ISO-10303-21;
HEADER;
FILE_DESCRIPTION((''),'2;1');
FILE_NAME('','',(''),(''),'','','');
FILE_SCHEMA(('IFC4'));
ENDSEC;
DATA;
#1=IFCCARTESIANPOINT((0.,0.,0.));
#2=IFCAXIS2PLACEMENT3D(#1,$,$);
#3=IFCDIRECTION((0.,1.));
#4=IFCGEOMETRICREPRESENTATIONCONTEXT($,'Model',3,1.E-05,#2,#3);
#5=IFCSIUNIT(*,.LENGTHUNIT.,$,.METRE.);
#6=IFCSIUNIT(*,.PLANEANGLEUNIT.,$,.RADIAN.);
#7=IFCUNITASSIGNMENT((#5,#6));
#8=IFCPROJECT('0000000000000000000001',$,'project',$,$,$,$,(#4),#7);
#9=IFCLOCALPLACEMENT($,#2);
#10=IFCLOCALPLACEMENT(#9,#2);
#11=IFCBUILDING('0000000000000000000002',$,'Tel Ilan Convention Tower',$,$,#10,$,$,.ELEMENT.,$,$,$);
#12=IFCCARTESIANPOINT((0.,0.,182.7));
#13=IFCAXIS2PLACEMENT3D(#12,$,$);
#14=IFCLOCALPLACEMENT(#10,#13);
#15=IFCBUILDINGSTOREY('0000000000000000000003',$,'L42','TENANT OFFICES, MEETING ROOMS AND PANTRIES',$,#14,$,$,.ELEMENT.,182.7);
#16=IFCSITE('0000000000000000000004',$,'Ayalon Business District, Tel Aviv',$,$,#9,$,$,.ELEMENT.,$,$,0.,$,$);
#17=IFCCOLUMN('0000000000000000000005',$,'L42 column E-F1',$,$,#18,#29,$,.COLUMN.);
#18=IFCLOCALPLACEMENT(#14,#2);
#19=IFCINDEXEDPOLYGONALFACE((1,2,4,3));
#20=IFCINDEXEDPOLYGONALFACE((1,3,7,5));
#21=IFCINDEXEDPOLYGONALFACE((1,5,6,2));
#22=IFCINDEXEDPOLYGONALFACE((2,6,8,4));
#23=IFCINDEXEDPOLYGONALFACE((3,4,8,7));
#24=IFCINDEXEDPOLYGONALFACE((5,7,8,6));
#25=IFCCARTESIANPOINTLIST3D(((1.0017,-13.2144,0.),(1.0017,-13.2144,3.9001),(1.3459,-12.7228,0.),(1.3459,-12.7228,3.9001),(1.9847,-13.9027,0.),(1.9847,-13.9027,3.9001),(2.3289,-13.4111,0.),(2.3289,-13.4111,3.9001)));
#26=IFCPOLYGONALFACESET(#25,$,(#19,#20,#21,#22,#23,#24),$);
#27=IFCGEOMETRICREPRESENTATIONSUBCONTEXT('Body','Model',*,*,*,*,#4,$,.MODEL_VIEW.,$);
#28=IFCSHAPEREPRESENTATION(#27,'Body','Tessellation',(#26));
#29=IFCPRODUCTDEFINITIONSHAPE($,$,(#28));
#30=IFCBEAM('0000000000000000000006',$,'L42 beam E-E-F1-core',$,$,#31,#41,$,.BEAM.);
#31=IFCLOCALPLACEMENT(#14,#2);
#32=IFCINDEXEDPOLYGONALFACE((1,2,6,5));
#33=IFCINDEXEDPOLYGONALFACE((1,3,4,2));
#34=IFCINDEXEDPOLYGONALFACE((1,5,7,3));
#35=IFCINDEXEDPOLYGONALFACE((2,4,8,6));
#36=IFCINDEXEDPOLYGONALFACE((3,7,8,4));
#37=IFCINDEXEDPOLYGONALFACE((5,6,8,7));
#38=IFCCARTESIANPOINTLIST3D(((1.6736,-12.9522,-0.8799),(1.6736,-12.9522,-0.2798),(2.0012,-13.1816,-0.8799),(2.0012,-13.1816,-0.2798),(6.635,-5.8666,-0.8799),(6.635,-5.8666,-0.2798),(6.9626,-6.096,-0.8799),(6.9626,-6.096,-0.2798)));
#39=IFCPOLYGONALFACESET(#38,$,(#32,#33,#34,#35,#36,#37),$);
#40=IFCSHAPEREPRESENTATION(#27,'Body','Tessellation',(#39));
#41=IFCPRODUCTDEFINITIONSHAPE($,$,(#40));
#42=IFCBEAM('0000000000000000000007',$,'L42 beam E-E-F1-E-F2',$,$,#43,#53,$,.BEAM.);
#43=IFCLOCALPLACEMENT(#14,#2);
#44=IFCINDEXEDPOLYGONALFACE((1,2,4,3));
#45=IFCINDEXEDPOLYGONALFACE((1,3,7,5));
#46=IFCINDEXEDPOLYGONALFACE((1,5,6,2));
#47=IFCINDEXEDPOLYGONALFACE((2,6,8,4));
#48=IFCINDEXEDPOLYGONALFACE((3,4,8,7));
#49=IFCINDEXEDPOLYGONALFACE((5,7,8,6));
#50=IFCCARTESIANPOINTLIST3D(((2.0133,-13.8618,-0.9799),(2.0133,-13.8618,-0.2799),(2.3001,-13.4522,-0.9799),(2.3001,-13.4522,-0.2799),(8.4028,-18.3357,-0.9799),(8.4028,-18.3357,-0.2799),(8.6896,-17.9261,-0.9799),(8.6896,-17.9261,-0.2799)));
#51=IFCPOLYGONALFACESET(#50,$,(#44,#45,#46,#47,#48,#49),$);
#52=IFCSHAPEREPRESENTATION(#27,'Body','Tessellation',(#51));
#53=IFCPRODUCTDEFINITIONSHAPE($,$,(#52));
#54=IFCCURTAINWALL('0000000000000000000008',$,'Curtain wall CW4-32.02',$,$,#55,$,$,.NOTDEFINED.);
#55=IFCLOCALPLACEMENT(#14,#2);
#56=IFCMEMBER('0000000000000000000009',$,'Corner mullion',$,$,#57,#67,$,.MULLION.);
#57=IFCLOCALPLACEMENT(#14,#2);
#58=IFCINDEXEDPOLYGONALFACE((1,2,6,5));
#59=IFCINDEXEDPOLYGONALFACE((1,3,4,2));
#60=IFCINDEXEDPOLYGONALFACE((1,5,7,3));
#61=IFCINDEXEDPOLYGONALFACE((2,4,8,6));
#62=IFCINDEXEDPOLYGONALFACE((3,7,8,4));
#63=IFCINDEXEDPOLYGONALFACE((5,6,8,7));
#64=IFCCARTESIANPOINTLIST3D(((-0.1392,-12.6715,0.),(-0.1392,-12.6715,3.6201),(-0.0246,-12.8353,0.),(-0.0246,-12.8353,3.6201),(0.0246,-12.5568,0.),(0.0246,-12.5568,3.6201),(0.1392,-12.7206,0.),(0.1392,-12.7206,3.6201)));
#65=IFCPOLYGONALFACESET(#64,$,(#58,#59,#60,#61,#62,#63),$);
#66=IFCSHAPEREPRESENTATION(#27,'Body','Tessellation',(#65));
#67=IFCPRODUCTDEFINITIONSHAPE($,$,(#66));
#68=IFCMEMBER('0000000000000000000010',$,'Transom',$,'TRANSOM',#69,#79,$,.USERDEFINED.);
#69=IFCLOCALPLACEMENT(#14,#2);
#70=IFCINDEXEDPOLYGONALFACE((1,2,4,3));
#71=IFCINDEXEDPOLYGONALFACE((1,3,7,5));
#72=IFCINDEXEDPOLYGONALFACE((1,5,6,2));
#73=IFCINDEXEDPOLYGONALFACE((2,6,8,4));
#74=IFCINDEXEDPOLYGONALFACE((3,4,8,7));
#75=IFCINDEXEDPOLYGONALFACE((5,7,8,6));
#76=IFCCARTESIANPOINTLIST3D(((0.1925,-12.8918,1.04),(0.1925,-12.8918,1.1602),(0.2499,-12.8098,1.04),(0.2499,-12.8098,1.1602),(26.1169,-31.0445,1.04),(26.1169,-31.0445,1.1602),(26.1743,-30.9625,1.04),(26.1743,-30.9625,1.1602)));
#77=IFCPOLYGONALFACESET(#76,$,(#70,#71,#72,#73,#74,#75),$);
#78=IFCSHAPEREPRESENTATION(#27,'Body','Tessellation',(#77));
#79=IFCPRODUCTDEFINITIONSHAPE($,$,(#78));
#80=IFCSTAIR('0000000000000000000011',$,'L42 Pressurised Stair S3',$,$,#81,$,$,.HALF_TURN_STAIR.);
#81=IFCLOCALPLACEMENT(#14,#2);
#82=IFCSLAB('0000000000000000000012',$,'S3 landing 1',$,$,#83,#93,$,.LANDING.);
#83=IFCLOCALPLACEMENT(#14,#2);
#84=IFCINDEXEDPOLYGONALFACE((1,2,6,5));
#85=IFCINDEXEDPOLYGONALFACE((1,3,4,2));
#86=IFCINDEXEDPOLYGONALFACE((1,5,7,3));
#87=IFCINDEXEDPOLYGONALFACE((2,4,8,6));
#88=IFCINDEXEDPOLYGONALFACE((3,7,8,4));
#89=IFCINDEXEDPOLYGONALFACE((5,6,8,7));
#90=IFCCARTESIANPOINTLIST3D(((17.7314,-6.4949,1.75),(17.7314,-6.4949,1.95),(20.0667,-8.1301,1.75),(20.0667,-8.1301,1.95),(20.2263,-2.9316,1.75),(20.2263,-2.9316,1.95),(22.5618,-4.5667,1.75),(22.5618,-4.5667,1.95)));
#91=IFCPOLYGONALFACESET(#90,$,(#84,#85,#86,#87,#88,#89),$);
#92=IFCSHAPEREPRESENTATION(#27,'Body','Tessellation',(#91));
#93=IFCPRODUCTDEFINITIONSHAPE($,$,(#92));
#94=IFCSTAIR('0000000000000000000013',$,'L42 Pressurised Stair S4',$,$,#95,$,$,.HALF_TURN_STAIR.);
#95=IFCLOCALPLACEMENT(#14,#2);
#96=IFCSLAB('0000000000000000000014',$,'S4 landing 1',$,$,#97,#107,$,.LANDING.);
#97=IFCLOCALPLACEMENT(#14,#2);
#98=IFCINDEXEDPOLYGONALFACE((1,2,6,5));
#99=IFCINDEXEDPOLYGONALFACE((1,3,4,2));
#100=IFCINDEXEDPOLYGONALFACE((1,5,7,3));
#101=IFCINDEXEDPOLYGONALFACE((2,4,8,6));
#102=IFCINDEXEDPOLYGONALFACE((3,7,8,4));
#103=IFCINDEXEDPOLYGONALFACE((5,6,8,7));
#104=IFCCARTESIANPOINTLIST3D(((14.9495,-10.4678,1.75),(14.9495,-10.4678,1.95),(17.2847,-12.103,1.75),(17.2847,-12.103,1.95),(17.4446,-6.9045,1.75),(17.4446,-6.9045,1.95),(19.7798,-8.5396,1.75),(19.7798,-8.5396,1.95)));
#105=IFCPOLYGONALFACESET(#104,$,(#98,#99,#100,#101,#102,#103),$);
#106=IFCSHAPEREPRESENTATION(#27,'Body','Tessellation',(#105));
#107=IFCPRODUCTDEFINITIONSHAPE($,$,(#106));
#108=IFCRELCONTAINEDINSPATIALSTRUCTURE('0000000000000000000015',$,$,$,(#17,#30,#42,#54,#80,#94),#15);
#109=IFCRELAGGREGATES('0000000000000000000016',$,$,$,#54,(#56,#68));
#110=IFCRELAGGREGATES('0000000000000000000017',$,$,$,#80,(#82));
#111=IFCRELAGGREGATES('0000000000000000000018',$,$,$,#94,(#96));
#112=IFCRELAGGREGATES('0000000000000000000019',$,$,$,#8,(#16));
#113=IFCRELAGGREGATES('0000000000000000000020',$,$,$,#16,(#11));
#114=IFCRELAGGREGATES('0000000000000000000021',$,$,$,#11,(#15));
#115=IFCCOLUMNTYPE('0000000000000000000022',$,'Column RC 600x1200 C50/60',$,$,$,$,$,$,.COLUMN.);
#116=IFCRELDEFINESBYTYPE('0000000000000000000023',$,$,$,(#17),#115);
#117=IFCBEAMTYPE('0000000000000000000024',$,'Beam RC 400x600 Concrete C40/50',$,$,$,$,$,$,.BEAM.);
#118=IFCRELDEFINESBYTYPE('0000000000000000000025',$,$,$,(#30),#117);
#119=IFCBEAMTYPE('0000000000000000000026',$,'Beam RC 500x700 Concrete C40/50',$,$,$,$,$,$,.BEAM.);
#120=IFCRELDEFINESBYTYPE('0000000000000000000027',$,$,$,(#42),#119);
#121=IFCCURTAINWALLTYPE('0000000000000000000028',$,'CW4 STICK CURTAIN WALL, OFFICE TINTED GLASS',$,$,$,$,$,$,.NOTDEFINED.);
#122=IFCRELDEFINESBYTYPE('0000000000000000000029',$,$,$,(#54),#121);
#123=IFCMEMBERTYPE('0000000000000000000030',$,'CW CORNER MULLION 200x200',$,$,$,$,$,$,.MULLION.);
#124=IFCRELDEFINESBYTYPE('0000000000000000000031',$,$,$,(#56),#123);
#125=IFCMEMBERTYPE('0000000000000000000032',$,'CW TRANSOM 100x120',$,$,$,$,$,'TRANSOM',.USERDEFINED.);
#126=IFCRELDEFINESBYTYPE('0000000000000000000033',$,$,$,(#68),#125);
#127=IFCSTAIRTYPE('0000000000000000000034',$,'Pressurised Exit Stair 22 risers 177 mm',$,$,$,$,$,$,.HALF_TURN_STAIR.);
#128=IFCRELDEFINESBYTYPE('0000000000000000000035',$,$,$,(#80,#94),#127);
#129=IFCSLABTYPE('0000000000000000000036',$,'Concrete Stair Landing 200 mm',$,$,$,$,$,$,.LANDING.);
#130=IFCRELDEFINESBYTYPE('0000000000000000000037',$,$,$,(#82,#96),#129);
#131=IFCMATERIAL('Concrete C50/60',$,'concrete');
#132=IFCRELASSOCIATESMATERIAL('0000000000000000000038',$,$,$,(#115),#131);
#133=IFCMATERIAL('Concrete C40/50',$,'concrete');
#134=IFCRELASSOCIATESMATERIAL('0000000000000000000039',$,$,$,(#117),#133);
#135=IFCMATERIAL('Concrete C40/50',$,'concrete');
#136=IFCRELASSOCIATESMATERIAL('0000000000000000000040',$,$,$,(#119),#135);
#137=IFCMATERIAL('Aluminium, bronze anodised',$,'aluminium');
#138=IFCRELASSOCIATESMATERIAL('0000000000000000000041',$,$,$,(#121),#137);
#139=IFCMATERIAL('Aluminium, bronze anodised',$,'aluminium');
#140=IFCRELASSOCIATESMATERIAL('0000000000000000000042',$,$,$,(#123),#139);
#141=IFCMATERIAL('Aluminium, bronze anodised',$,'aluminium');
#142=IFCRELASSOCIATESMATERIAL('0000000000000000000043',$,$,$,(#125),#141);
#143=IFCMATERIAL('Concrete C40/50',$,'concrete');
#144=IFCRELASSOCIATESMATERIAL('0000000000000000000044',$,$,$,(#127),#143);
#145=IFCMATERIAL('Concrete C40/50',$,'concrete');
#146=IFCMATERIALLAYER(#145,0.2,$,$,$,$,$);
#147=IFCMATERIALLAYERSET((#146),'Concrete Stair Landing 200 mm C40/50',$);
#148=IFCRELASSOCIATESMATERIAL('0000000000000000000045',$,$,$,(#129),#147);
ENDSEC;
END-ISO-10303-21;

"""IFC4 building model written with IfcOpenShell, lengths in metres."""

from ifc_helpers import new_model, si_unit, direction, frame, origin, origin_2d, place, context, subcontext, project, spatial, polyline, rectangle, outline, extrude, material, layer, layer_set, material_profile, profile_set, type_object, element, aggregate, save


model = new_model("IFC4")

# Units and contexts
model_context = context("Model", 3, precision=1e-05, world=origin(), true_north=direction((0.0, 1.0)))
body_context = subcontext(model_context, "Body", "Model", "MODEL_VIEW")
ifc_project = project(units=[si_unit("LENGTHUNIT", "METRE"), si_unit("PLANEANGLEUNIT", "RADIAN")], contexts=[model_context])

# Site, building, storey
site_placement = place(None, origin())
site = spatial("IfcSite", under=ifc_project, at=site_placement, Name="Ayalon Business District, Tel Aviv", CompositionType="ELEMENT", RefElevation=0.0)
building_placement = place(site_placement, origin())
building = spatial("IfcBuilding", under=site, at=building_placement, Name="Tel Ilan Convention Tower", CompositionType="ELEMENT")
storey_placement = place(building_placement, frame((0.0, 0.0, 182.7)))
storey = spatial("IfcBuildingStorey", under=building, at=storey_placement, Name="L42", Description="TENANT OFFICES, MEETING ROOMS AND PANTRIES", CompositionType="ELEMENT", Elevation=182.7)

# Column
ifc_material_1 = material(Name="Concrete C50/60", Category="concrete")
ifc_material_profile_1 = material_profile(ifc_material_1, rectangle(XDim=1.2, YDim=0.6001, at=origin_2d()), Name="RC 600x1200")
ifc_profile_set_1 = profile_set([ifc_material_profile_1], Name="Concrete C50/60")
column_type = type_object("IfcColumnType", Name="Column RC 600x1200 C50/60", PredefinedType="COLUMN", material=ifc_profile_set_1)
column_placement = place(storey_placement, frame((1.6653, -13.3127, 0.0), z_axis=(0.0, 0.0, 1.0), x_axis=(0.819152, -0.573576, 0.0)))
element("IfcColumn", 1, at=column_placement, inside=storey, type_object=column_type, Name="L42 column E-F1", PredefinedType="COLUMN", context=body_context, shape_type="SweptSolid", body=[
    extrude(rectangle(XDim=1.2, YDim=0.6001, at=origin_2d()), origin(), (0.0, 0.0, 1.0), 3.9001),
])

# Beams
ifc_material_2 = material(Name="Concrete C40/50", Category="concrete")
ifc_material_profile_2 = material_profile(ifc_material_2, rectangle(XDim=0.3999, YDim=0.6001, at=origin_2d()), Name="RC 400x600")
ifc_profile_set_2 = profile_set([ifc_material_profile_2], Name="Concrete C40/50")
beam_type_1 = type_object("IfcBeamType", Name="Beam RC 400x600 Concrete C40/50", PredefinedType="BEAM", material=ifc_profile_set_2)
beam_1_placement = place(storey_placement, frame((1.8374, -13.0669, -0.5798), z_axis=(0.573574, 0.819154, 0.0), x_axis=(-0.819154, 0.573574, 0.0)))
element("IfcBeam", 2, at=beam_1_placement, inside=storey, type_object=beam_type_1, Name="L42 beam E-E-F1-core", PredefinedType="BEAM", context=body_context, shape_type="SweptSolid", body=[
    extrude(rectangle(XDim=0.3999, YDim=0.6001, at=origin_2d()), origin(), (0.0, 0.0, 1.0), 8.6499),
])
ifc_material_3 = material(Name="Concrete C40/50", Category="concrete")
ifc_material_profile_3 = material_profile(ifc_material_3, rectangle(XDim=0.5, YDim=0.7, at=origin_2d()), Name="RC 500x700")
ifc_profile_set_3 = profile_set([ifc_material_profile_3], Name="Concrete C40/50")
beam_type_2 = type_object("IfcBeamType", Name="Beam RC 500x700 Concrete C40/50", PredefinedType="BEAM", material=ifc_profile_set_3)
beam_2_placement = place(storey_placement, frame((2.1567, -13.657, -0.6299), z_axis=(0.819154, -0.573574, 0.0), x_axis=(0.573574, 0.819154, 0.0)))
element("IfcBeam", 3, at=beam_2_placement, inside=storey, type_object=beam_type_2, Name="L42 beam E-E-F1-E-F2", PredefinedType="BEAM", context=body_context, shape_type="SweptSolid", body=[
    extrude(rectangle(XDim=0.5, YDim=0.7, at=origin_2d()), origin(), (0.0, 0.0, 1.0), 7.8),
])

# Curtain wall, members
ifc_material_4 = material(Name="Aluminium, bronze anodised", Category="aluminium")
curtain_wall_type = type_object("IfcCurtainWallType", Name="CW4 STICK CURTAIN WALL, OFFICE TINTED GLASS", PredefinedType="NOTDEFINED", material=ifc_material_4)
curtain_wall_placement = place(storey_placement, origin())
curtain_wall = element("IfcCurtainWall", 4, at=curtain_wall_placement, inside=storey, type_object=curtain_wall_type, Name="Curtain wall CW4-32.02", PredefinedType="NOTDEFINED")
ifc_material_5 = material(Name="Aluminium, bronze anodised", Category="aluminium")
ifc_material_profile_4 = material_profile(ifc_material_5, rectangle(XDim=0.2, YDim=0.2, at=origin_2d()), Name="CW CORNER MULLION 200x200")
ifc_profile_set_4 = profile_set([ifc_material_profile_4], Name="Aluminium, bronze anodised")
member_type_1 = type_object("IfcMemberType", Name="CW CORNER MULLION 200x200", PredefinedType="MULLION", material=ifc_profile_set_4)
member_1_placement = place(storey_placement, frame((0.0, -12.696, 0.0), z_axis=(0.0, 0.0, 1.0), x_axis=(0.819152, 0.573576, 0.0)))
member_1 = element("IfcMember", 5, at=member_1_placement, type_object=member_type_1, Name="Corner mullion", PredefinedType="MULLION", context=body_context, shape_type="SweptSolid", body=[
    extrude(rectangle(XDim=0.2, YDim=0.2, at=origin_2d()), origin(), (0.0, 0.0, 1.0), 3.6201),
])
ifc_material_6 = material(Name="Aluminium, bronze anodised", Category="aluminium")
ifc_material_profile_5 = material_profile(ifc_material_6, rectangle(XDim=0.1001, YDim=0.1201, at=origin_2d()), Name="CW TRANSOM 100x120")
ifc_profile_set_5 = profile_set([ifc_material_profile_5], Name="Aluminium, bronze anodised")
member_type_2 = type_object("IfcMemberType", Name="CW TRANSOM 100x120", ElementType="TRANSOM", PredefinedType="USERDEFINED", material=ifc_profile_set_5)
member_2_placement = place(storey_placement, frame((0.2212, -12.8508, 1.1001), z_axis=(0.819149, -0.57358, 0.0), x_axis=(0.57358, 0.819149, 0.0)))
member_2 = element("IfcMember", 6, at=member_2_placement, type_object=member_type_2, Name="Transom", ObjectType="TRANSOM", PredefinedType="USERDEFINED", context=body_context, shape_type="SweptSolid", body=[
    extrude(rectangle(XDim=0.1001, YDim=0.1201, at=origin_2d()), origin(), (0.0, 0.0, 1.0), 31.6479),
])
aggregate(curtain_wall, [member_1, member_2])

# Stairs, slabs
ifc_material_7 = material(Name="Concrete C40/50", Category="concrete")
stair_type = type_object("IfcStairType", Name="Pressurised Exit Stair 22 risers 177 mm", PredefinedType="HALF_TURN_STAIR", material=ifc_material_7)
stair_1_placement = place(storey_placement, origin())
stair_1 = element("IfcStair", 7, at=stair_1_placement, inside=storey, type_object=stair_type, Name="L42 Pressurised Stair S3", PredefinedType="HALF_TURN_STAIR")
ifc_material_8 = material(Name="Concrete C40/50", Category="concrete")
ifc_layer_1 = layer(ifc_material_8, 0.2)
ifc_layer_set_1 = layer_set([ifc_layer_1], Name="Concrete Stair Landing 200 mm C40/50")
slab_type_1 = type_object("IfcSlabType", Name="Concrete Stair Landing 200 mm", PredefinedType="LANDING", material=ifc_layer_set_1)
slab_1_placement = place(storey_placement, frame((0.0, 0.0, 1.75)))
slab_1 = element("IfcSlab", 8, at=slab_1_placement, type_object=slab_type_1, Name="S3 landing 1", PredefinedType="LANDING", context=body_context, shape_type="SweptSolid", body=[
    extrude(outline(polyline([(22.5618, -4.5667), (20.2263, -2.9316), (17.7314, -6.4949), (20.0667, -8.1301), (22.5618, -4.5667)])), origin(), (0.0, 0.0, 1.0), 0.2),
])
aggregate(stair_1, [slab_1])
stair_2_placement = place(storey_placement, origin())
stair_2 = element("IfcStair", 9, at=stair_2_placement, inside=storey, type_object=stair_type, Name="L42 Pressurised Stair S4", PredefinedType="HALF_TURN_STAIR")
slab_2_placement = place(storey_placement, frame((0.0, 0.0, 1.75)))
slab_2 = element("IfcSlab", 10, at=slab_2_placement, type_object=slab_type_1, Name="S4 landing 1", PredefinedType="LANDING", context=body_context, shape_type="SweptSolid", body=[
    extrude(outline(polyline([(19.7798, -8.5396), (17.4446, -6.9045), (14.9495, -10.4678), (17.2847, -12.103), (19.7798, -8.5396)])), origin(), (0.0, 0.0, 1.0), 0.2),
])
aggregate(stair_2, [slab_2])

save(model, "model.ifc")
